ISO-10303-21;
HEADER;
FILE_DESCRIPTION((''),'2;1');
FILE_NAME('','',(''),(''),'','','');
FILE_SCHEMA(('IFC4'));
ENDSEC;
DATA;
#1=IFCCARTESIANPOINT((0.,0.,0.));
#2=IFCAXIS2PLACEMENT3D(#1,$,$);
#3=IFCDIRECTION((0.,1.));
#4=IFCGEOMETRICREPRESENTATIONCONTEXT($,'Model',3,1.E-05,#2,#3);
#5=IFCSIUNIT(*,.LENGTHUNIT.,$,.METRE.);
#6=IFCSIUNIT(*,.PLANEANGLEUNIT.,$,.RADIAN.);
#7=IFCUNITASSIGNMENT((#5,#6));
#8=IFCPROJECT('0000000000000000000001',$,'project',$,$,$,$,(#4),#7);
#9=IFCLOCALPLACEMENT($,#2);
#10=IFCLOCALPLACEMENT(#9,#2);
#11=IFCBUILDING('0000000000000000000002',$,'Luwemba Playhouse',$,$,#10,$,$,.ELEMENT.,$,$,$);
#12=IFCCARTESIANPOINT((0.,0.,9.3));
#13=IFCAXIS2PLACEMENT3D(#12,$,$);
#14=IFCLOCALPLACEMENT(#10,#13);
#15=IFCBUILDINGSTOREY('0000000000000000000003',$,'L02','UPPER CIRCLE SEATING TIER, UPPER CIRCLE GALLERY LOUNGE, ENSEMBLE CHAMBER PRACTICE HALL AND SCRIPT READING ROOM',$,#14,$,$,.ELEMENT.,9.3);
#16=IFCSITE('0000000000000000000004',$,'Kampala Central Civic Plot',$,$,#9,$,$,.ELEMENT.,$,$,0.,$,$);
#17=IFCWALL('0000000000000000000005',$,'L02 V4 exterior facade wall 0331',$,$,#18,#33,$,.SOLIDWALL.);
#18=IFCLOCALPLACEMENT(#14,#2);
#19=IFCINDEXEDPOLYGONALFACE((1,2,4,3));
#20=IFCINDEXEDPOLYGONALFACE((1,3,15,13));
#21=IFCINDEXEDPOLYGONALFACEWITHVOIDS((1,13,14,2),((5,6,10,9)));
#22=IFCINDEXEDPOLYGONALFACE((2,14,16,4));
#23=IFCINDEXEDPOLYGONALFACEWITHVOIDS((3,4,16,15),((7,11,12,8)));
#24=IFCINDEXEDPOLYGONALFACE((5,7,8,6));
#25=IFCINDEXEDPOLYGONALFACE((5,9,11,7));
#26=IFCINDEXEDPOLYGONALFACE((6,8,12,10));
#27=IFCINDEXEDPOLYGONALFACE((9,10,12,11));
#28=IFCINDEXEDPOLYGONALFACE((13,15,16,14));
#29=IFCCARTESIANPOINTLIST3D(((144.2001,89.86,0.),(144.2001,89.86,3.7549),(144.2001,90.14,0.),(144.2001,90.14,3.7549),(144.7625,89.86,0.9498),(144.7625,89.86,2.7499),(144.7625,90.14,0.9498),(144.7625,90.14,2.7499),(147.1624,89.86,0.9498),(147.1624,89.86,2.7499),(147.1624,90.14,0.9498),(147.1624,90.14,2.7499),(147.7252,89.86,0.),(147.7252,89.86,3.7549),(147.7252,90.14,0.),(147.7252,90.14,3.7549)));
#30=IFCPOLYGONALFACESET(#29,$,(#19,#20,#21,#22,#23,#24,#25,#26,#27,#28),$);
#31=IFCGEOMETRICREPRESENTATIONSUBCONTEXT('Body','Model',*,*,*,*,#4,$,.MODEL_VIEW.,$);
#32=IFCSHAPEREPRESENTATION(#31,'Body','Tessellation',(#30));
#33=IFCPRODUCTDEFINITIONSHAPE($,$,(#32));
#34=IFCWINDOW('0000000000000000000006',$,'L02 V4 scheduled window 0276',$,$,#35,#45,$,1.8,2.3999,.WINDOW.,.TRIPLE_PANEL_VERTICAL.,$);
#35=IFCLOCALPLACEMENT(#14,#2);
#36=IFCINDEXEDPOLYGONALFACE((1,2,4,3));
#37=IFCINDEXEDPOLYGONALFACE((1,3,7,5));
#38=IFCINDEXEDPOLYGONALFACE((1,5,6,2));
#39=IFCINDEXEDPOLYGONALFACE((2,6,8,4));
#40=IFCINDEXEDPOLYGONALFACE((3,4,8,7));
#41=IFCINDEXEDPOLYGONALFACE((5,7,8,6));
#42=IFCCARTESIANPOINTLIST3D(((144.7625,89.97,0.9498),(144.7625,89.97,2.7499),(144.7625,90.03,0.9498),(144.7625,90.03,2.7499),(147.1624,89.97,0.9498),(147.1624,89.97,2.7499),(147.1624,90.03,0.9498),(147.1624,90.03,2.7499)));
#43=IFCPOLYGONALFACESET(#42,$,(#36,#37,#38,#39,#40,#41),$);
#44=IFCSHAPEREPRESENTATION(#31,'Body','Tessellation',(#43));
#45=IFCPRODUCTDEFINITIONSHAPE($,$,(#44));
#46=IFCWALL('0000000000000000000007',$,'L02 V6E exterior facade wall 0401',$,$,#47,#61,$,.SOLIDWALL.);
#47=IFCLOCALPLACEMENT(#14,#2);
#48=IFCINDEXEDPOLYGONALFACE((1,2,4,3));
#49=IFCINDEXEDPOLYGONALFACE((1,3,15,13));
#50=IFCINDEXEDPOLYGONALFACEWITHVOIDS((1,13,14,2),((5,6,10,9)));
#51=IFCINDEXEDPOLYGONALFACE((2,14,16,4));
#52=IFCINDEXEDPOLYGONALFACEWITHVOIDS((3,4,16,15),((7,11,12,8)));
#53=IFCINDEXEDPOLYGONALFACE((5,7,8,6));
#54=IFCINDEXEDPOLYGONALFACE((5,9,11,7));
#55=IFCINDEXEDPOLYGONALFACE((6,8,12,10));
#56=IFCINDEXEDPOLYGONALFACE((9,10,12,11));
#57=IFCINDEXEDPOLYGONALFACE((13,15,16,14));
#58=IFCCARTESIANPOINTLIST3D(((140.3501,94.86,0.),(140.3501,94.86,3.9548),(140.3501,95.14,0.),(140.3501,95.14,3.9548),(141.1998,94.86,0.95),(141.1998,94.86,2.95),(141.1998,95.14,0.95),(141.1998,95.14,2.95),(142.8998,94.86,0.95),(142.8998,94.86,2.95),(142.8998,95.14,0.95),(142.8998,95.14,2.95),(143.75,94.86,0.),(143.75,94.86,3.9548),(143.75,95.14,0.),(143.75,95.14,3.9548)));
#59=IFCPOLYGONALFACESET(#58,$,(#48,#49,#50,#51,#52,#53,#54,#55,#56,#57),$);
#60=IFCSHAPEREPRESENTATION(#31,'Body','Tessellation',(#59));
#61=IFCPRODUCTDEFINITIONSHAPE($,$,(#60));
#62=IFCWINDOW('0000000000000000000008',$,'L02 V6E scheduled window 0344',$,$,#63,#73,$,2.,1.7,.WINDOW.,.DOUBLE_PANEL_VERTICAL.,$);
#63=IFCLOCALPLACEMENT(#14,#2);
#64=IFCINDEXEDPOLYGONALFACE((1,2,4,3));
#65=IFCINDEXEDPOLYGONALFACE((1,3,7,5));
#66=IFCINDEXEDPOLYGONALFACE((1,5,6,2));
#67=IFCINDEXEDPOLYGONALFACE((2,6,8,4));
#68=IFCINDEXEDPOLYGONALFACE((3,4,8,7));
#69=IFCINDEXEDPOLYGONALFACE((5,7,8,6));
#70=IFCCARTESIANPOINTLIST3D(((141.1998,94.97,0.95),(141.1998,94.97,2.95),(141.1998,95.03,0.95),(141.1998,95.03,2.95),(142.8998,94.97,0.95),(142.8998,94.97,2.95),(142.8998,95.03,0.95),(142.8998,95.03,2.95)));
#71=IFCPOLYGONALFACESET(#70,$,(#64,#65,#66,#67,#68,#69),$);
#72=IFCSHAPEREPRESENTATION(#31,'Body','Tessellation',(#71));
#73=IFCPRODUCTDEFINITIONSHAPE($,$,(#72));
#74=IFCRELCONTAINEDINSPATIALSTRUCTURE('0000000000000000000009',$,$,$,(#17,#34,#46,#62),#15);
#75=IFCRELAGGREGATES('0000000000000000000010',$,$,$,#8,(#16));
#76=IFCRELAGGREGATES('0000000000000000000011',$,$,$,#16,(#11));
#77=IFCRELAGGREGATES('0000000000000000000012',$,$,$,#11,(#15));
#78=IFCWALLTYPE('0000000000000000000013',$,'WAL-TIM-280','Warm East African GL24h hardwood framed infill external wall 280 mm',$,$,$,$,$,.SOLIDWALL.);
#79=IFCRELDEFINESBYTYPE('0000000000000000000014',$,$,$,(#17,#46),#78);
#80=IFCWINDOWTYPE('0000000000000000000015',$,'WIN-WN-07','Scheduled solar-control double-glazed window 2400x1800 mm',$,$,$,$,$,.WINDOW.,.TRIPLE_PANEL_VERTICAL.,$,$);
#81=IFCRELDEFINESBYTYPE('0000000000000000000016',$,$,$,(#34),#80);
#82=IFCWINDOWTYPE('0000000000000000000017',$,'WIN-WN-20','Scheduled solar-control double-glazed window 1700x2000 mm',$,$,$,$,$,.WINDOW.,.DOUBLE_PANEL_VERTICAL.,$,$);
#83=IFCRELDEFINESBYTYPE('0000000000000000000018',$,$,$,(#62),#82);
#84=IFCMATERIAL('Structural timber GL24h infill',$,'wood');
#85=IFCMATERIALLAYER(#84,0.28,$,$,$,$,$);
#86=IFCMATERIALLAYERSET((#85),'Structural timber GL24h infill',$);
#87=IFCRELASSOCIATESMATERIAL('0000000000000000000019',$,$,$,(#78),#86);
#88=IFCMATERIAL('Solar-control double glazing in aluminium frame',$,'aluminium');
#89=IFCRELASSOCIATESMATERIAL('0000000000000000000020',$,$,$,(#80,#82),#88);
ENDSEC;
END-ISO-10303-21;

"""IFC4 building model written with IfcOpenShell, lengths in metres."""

from ifc_helpers import new_model, si_unit, direction, frame, frame_2d, origin, place, context, subcontext, project, spatial, rectangle, extrude, material, layer, layer_set, type_object, element, fill, save


model = new_model("IFC4")

# Units and contexts
model_context = context("Model", 3, precision=1e-05, world=origin(), true_north=direction((0.0, 1.0)))
body_context = subcontext(model_context, "Body", "Model", "MODEL_VIEW")
ifc_project = project(units=[si_unit("LENGTHUNIT", "METRE"), si_unit("PLANEANGLEUNIT", "RADIAN")], contexts=[model_context])

# Site, building, storey
site_placement = place(None, origin())
site = spatial("IfcSite", under=ifc_project, at=site_placement, Name="Kampala Central Civic Plot", CompositionType="ELEMENT", RefElevation=0.0)
building_placement = place(site_placement, origin())
building = spatial("IfcBuilding", under=site, at=building_placement, Name="Luwemba Playhouse", CompositionType="ELEMENT")
storey_placement = place(building_placement, frame((0.0, 0.0, 9.3)))
storey = spatial("IfcBuildingStorey", under=building, at=storey_placement, Name="L02", Description="UPPER CIRCLE SEATING TIER, UPPER CIRCLE GALLERY LOUNGE, ENSEMBLE CHAMBER PRACTICE HALL AND SCRIPT READING ROOM", CompositionType="ELEMENT", Elevation=9.3)

# Walls, openings, windows
ifc_material_1 = material(Name="Solar-control double glazing in aluminium frame", Category="aluminium")
ifc_material_2 = material(Name="Structural timber GL24h infill", Category="wood")
ifc_layer_1 = layer(ifc_material_2, 0.28)
ifc_layer_set_1 = layer_set([ifc_layer_1], Name="Structural timber GL24h infill")
wall_type_1 = type_object("IfcWallType", Name="WAL-TIM-280", Description="Warm East African GL24h hardwood framed infill external wall 280 mm", PredefinedType="SOLIDWALL", material=ifc_layer_set_1)
wall_1_placement = place(storey_placement, frame((144.2, 90.0, 0.0), z_axis=(0.0, 0.0, 1.0), x_axis=(1.0, 0.0, 0.0)))
wall_1 = element("IfcWall", 1, at=wall_1_placement, inside=storey, type_object=wall_type_1, Name="L02 V4 exterior facade wall 0331", PredefinedType="SOLIDWALL", context=body_context, shape_type="SweptSolid", body=[
    extrude(rectangle(XDim=3.5251, YDim=0.28, at=frame_2d((1.7627, 0.0))), origin(), (0.0, 0.0, 1.0), 3.7549),
])
opening_1_placement = place(wall_1_placement, frame((0.5625, 0.0, 0.95)))
opening_1 = element("IfcOpeningElement", 2, at=opening_1_placement, cuts=wall_1, PredefinedType="OPENING", context=body_context, shape_type="SweptSolid", body=[
    extrude(rectangle(XDim=2.3999, YDim=1.8, at=frame_2d((1.2, 0.8999))), frame((0.0, 0.1499, 0.0), z_axis=(0.0, -1.0, 0.0), x_axis=(1.0, 0.0, 0.0)), (0.0, 0.0, 1.0), 0.3),
])
window_type_1 = type_object("IfcWindowType", Name="WIN-WN-07", Description="Scheduled solar-control double-glazed window 2400x1800 mm", PartitioningType="TRIPLE_PANEL_VERTICAL", PredefinedType="WINDOW", material=ifc_material_1)
window_1_placement = place(opening_1_placement, origin())
window_1 = element("IfcWindow", 3, at=window_1_placement, inside=storey, type_object=window_type_1, Name="L02 V4 scheduled window 0276", OverallHeight=1.8, OverallWidth=2.3999, PartitioningType="TRIPLE_PANEL_VERTICAL", PredefinedType="WINDOW", context=body_context, shape_type="SweptSolid", body=[
    extrude(rectangle(XDim=2.3999, YDim=1.8, at=frame_2d((1.2, 0.8999))), frame((0.0, 0.03, 0.0), z_axis=(0.0, -1.0, 0.0), x_axis=(1.0, 0.0, 0.0)), (0.0, 0.0, 1.0), 0.0601),
])
fill(opening_1, window_1)
wall_2_placement = place(storey_placement, frame((143.75, 95.0, 0.0), z_axis=(0.0, 0.0, 1.0), x_axis=(-1.0, 0.0, 0.0)))
wall_2 = element("IfcWall", 4, at=wall_2_placement, inside=storey, type_object=wall_type_1, Name="L02 V6E exterior facade wall 0401", PredefinedType="SOLIDWALL", context=body_context, shape_type="SweptSolid", body=[
    extrude(rectangle(XDim=3.3999, YDim=0.28, at=frame_2d((1.7, 0.0))), origin(), (0.0, 0.0, 1.0), 3.9548),
])
opening_2_placement = place(wall_2_placement, frame((0.8501, 0.0, 0.95)))
opening_2 = element("IfcOpeningElement", 5, at=opening_2_placement, cuts=wall_2, PredefinedType="OPENING", context=body_context, shape_type="SweptSolid", body=[
    extrude(rectangle(XDim=1.7, YDim=2.0, at=frame_2d((0.8501, 1.0))), frame((0.0, 0.1499, 0.0), z_axis=(0.0, -1.0, 0.0), x_axis=(1.0, 0.0, 0.0)), (0.0, 0.0, 1.0), 0.3),
])
window_type_2 = type_object("IfcWindowType", Name="WIN-WN-20", Description="Scheduled solar-control double-glazed window 1700x2000 mm", PartitioningType="DOUBLE_PANEL_VERTICAL", PredefinedType="WINDOW", material=ifc_material_1)
window_2_placement = place(opening_2_placement, origin())
window_2 = element("IfcWindow", 6, at=window_2_placement, inside=storey, type_object=window_type_2, Name="L02 V6E scheduled window 0344", OverallHeight=2.0, OverallWidth=1.7, PartitioningType="DOUBLE_PANEL_VERTICAL", PredefinedType="WINDOW", context=body_context, shape_type="SweptSolid", body=[
    extrude(rectangle(XDim=1.7, YDim=2.0, at=frame_2d((0.8501, 1.0))), frame((0.0, 0.03, 0.0), z_axis=(0.0, -1.0, 0.0), x_axis=(1.0, 0.0, 0.0)), (0.0, 0.0, 1.0), 0.0601),
])
fill(opening_2, window_2)

save(model, "model.ifc")
